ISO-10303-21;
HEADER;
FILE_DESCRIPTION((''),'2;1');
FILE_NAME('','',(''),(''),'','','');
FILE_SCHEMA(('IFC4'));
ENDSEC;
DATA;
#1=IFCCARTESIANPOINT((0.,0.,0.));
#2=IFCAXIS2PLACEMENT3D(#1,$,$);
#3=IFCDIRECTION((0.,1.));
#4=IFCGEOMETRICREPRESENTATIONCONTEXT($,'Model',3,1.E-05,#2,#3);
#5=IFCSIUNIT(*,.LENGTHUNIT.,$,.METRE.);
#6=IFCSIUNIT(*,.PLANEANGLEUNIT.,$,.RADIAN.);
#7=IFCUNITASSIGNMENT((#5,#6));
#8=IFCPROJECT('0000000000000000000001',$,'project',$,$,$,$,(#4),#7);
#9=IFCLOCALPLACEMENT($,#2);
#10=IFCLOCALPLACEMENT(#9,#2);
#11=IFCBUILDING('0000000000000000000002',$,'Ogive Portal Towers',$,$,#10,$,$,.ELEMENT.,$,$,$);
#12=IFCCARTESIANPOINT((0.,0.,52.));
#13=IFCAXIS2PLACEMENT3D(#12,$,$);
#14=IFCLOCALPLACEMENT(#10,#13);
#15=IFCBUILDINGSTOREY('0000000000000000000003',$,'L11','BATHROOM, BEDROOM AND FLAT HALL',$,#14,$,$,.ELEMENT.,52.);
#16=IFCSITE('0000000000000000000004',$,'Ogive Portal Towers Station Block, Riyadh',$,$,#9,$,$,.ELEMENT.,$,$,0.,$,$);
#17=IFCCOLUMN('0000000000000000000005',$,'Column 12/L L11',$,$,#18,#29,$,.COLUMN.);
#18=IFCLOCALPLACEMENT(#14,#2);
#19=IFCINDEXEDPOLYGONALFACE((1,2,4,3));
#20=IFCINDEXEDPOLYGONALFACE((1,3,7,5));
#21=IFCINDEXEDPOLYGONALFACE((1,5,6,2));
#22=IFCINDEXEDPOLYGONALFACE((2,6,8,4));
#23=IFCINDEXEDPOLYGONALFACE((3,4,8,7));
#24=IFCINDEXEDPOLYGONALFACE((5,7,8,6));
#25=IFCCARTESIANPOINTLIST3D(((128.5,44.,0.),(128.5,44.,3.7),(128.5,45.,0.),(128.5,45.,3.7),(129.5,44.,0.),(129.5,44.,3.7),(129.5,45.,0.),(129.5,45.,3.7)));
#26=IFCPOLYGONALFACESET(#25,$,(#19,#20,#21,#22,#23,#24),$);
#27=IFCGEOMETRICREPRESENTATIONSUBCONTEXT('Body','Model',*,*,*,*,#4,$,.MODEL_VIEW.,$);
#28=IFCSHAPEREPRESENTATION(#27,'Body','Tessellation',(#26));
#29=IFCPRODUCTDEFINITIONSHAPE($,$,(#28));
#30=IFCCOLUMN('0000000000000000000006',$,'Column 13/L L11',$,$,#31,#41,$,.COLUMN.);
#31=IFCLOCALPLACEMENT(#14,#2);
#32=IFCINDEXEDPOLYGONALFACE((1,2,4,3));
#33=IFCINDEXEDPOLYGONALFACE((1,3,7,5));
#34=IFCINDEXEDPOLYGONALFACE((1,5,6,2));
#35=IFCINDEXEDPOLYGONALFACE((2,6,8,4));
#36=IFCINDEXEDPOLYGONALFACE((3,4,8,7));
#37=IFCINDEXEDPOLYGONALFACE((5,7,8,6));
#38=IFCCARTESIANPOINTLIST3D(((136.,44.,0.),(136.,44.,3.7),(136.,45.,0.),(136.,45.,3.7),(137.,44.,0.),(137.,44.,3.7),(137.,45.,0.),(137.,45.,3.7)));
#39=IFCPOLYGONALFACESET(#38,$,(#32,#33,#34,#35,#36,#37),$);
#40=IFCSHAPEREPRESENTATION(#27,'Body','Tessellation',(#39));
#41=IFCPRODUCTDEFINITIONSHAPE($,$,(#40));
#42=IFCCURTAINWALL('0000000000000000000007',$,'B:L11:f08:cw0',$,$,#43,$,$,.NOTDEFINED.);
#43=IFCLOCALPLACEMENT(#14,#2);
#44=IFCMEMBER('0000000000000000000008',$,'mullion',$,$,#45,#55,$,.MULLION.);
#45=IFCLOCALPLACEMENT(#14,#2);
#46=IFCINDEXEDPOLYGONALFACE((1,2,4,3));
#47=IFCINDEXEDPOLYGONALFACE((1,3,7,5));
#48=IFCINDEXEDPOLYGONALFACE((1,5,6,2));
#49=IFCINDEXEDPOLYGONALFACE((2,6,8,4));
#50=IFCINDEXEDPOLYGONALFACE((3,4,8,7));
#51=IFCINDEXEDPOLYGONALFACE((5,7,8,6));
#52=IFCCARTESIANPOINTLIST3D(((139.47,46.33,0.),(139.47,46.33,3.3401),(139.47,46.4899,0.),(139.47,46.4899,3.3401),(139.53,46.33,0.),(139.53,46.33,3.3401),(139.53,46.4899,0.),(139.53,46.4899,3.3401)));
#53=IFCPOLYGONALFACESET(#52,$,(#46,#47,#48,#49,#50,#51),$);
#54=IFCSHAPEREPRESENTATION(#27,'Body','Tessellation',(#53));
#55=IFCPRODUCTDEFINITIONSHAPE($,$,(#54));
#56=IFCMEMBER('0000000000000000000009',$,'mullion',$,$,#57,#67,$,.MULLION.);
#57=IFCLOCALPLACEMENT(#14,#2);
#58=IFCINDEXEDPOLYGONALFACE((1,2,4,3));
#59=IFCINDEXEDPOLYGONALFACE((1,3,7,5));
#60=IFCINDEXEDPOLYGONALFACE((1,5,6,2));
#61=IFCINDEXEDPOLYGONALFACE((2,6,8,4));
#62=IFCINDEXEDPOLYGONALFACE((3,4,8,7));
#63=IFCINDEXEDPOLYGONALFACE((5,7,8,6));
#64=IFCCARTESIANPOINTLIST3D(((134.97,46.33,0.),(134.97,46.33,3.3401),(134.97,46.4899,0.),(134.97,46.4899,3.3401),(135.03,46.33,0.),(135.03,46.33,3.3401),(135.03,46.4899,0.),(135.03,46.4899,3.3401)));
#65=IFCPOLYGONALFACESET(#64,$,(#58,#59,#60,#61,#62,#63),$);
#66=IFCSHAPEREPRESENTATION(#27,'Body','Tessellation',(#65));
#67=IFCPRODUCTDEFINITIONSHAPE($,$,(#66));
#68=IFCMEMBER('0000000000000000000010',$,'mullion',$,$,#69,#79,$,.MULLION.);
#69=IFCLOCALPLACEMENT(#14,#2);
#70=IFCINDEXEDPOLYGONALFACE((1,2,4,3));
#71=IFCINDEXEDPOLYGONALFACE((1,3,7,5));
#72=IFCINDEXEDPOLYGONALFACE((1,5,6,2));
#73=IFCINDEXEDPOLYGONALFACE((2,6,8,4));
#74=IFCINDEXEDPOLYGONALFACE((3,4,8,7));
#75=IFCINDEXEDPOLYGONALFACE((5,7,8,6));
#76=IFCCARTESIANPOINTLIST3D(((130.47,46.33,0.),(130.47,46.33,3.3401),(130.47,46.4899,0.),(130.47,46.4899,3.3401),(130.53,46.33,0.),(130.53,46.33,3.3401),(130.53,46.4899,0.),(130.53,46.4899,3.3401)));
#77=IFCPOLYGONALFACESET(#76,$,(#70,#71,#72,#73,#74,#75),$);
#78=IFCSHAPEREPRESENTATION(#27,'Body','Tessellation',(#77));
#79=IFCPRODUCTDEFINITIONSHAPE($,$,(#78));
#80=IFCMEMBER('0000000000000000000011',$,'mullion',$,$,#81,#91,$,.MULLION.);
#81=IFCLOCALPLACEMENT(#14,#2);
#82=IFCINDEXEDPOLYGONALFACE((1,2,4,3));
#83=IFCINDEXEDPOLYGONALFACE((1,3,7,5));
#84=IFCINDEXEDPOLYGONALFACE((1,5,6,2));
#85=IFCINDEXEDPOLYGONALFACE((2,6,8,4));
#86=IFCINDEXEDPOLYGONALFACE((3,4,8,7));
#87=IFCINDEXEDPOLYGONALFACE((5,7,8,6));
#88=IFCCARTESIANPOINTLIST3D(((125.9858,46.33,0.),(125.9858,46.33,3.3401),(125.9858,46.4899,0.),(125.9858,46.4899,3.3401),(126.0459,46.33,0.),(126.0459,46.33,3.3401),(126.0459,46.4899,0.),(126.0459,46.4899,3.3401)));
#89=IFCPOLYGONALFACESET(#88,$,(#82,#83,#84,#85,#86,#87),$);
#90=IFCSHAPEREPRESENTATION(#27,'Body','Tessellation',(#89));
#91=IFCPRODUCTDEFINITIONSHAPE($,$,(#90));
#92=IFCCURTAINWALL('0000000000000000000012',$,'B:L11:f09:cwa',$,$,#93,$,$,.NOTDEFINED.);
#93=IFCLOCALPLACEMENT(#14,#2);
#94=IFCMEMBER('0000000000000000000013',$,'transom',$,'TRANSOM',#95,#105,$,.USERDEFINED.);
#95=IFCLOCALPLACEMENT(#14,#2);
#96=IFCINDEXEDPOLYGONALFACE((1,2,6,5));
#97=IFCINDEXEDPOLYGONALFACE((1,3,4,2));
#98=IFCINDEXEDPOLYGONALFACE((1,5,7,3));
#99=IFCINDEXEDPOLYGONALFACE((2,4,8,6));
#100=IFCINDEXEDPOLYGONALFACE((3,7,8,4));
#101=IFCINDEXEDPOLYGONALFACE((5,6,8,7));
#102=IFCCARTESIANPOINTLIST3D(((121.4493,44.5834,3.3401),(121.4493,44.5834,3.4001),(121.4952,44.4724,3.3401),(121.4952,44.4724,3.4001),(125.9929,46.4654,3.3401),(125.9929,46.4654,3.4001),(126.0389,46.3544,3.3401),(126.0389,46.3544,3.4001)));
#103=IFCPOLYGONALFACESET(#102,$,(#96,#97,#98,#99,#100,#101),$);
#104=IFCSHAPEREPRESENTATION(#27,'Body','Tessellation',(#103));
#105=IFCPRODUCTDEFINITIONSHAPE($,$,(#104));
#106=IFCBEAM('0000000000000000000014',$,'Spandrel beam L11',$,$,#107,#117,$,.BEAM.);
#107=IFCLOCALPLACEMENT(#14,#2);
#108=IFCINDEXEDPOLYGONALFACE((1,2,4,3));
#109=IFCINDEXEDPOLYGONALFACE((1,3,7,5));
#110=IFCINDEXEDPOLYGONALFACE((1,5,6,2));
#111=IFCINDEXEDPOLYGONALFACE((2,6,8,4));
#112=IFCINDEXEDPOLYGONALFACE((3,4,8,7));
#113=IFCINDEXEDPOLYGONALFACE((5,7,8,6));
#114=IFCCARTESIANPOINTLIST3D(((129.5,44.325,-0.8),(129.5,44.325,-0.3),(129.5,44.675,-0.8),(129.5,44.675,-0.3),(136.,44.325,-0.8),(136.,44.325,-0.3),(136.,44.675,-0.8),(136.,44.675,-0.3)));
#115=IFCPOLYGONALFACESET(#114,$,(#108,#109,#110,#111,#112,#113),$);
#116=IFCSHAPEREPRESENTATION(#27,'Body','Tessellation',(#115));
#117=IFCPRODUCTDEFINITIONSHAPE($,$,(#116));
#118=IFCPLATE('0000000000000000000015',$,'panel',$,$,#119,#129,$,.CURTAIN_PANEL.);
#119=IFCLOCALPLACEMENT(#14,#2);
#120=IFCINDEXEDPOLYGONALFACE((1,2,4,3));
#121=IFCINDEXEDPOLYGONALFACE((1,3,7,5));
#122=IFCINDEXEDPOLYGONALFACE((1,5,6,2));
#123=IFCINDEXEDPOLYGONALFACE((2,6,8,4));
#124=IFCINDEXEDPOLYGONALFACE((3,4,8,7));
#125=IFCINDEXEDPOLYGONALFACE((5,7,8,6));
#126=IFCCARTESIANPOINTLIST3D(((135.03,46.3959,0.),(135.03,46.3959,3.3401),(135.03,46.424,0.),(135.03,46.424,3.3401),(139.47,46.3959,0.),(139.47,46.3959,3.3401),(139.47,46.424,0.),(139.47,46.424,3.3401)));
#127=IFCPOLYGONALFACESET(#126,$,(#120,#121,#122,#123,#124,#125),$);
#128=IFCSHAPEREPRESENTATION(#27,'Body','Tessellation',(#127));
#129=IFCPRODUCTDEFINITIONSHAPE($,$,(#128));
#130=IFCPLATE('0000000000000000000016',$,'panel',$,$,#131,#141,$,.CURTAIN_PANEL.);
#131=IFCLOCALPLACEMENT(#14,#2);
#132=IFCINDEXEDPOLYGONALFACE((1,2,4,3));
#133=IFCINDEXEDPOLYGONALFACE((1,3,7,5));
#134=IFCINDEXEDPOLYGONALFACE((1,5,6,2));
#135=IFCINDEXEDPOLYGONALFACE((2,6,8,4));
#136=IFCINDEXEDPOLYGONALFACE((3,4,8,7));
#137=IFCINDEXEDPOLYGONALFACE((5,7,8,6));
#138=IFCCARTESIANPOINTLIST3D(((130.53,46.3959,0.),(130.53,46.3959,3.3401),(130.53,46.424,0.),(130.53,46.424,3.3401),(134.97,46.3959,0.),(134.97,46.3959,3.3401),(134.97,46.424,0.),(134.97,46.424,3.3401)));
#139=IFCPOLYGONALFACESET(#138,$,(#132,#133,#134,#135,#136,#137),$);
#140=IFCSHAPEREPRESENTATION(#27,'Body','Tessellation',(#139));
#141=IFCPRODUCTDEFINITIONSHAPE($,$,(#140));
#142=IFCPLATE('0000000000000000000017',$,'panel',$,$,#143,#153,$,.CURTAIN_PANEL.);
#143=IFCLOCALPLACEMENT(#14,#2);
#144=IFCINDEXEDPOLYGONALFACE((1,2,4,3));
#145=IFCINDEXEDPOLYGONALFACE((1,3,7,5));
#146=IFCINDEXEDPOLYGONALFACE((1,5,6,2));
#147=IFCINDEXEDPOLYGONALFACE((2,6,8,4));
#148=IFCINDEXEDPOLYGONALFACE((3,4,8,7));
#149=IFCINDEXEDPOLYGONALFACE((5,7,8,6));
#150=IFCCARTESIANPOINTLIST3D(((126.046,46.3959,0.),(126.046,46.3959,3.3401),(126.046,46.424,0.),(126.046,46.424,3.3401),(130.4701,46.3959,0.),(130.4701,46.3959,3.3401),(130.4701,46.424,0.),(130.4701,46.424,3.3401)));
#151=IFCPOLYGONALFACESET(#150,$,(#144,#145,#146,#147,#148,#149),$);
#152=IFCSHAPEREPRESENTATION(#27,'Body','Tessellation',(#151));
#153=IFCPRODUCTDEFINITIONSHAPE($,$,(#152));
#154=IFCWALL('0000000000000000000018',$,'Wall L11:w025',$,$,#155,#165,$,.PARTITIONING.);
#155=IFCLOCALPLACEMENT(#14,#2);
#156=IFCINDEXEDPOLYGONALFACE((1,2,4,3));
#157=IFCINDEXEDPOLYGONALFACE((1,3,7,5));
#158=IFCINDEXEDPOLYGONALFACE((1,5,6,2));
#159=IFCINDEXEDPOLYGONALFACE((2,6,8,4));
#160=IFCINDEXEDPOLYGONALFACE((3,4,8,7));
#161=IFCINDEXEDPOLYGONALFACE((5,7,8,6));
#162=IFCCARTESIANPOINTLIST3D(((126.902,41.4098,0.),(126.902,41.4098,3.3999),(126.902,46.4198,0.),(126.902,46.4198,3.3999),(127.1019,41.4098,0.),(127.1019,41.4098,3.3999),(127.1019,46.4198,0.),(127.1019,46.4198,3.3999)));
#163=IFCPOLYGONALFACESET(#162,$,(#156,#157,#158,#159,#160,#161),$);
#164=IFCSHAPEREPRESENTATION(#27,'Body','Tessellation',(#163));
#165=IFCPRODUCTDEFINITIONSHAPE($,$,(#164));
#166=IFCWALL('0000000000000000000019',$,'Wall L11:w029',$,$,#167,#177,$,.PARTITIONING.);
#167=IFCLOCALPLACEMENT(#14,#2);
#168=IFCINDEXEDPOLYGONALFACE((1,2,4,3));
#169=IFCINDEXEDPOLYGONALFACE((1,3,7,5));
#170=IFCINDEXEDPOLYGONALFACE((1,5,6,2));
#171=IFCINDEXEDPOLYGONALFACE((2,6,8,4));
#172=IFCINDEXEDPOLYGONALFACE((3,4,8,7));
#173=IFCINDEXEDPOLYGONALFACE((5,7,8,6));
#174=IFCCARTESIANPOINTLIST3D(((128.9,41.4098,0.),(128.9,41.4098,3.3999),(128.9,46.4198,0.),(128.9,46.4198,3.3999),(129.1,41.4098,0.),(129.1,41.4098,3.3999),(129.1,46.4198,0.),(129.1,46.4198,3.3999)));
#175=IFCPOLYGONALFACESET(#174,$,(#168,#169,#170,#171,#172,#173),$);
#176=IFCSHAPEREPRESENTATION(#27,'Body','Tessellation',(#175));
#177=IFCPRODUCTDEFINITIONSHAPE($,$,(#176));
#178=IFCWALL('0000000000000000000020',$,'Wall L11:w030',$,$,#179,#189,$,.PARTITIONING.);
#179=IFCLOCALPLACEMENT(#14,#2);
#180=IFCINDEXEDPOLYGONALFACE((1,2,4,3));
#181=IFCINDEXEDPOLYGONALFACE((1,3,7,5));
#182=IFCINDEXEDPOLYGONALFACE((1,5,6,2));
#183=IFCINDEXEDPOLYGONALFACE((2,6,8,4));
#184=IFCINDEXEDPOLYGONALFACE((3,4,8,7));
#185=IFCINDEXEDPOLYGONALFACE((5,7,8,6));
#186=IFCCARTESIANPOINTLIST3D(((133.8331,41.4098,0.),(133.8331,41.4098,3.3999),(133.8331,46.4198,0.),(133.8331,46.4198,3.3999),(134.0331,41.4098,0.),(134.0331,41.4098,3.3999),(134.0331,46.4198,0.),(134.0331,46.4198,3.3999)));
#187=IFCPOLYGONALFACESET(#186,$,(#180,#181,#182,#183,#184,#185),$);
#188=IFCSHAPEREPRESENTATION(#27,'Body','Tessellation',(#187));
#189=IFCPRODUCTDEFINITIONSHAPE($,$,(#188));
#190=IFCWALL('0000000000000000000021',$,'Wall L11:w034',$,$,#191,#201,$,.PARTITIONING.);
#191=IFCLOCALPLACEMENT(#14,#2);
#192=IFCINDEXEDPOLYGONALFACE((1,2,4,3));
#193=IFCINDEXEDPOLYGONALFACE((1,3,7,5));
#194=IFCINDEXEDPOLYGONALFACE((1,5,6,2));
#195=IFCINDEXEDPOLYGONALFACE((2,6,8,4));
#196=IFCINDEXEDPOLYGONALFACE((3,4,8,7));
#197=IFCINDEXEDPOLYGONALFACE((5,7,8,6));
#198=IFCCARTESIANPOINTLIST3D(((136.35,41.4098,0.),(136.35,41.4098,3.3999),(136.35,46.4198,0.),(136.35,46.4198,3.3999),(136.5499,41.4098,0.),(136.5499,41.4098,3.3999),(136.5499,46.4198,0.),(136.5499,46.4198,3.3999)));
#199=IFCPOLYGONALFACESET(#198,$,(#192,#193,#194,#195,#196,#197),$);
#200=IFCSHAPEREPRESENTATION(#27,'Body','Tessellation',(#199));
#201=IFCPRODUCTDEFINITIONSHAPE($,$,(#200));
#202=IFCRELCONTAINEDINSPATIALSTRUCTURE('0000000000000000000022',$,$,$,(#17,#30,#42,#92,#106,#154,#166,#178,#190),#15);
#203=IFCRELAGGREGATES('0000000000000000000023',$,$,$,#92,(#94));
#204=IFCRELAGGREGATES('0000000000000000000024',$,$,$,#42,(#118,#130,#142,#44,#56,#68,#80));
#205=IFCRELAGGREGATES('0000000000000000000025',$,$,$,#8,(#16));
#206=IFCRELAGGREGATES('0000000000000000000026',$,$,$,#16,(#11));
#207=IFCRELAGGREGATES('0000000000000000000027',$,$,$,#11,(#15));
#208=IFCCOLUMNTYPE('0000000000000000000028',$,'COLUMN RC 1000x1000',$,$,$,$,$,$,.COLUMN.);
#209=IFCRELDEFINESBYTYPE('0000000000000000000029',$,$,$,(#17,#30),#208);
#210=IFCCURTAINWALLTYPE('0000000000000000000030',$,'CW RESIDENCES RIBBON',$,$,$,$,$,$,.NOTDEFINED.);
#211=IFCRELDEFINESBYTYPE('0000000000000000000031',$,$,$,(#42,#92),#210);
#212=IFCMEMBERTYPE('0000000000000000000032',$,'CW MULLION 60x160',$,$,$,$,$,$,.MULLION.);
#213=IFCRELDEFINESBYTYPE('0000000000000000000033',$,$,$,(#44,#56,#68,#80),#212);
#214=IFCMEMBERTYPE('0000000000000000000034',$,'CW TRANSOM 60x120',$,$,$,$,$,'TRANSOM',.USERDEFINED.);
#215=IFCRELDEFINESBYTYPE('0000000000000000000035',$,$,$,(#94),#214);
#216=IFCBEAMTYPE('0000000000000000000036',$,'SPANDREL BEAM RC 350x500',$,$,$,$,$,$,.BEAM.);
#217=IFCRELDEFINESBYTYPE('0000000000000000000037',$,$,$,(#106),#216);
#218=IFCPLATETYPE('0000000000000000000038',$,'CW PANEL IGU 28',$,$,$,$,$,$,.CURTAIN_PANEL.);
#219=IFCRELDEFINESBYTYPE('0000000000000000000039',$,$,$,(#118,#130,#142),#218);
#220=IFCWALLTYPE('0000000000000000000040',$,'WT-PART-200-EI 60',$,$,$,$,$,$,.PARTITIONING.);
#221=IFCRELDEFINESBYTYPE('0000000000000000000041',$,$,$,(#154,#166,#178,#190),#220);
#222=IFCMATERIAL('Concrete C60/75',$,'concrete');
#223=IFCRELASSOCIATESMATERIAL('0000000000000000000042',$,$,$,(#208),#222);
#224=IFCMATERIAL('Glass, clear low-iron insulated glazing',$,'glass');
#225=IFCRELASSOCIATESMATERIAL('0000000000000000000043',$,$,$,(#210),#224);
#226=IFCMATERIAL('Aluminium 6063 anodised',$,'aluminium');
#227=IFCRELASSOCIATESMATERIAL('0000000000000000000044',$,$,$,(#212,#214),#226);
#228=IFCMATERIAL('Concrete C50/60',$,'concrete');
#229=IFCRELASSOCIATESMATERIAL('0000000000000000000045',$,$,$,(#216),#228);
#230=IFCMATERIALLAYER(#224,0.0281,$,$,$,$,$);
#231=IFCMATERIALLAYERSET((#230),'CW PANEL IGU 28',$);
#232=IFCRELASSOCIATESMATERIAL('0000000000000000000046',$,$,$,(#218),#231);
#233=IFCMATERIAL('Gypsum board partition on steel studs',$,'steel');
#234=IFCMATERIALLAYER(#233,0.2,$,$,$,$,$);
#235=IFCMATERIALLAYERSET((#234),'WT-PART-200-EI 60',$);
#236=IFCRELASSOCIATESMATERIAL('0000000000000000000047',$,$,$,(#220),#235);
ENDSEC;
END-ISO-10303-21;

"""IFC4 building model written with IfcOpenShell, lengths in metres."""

from ifc_helpers import new_model, si_unit, direction, frame, frame_2d, origin, origin_2d, place, context, subcontext, project, spatial, rectangle, extrude, material, layer, layer_set, material_profile, profile_set, type_object, element, aggregate, save


model = new_model("IFC4")

# Units and contexts
model_context = context("Model", 3, precision=1e-05, world=origin(), true_north=direction((0.0, 1.0)))
body_context = subcontext(model_context, "Body", "Model", "MODEL_VIEW")
ifc_project = project(units=[si_unit("LENGTHUNIT", "METRE"), si_unit("PLANEANGLEUNIT", "RADIAN")], contexts=[model_context])

# Site, building, storey
site_placement = place(None, origin())
site = spatial("IfcSite", under=ifc_project, at=site_placement, Name="Ogive Portal Towers Station Block, Riyadh", CompositionType="ELEMENT", RefElevation=0.0)
building_placement = place(site_placement, origin())
building = spatial("IfcBuilding", under=site, at=building_placement, Name="Ogive Portal Towers", CompositionType="ELEMENT")
storey_placement = place(building_placement, frame((0.0, 0.0, 52.0)))
storey = spatial("IfcBuildingStorey", under=building, at=storey_placement, Name="L11", Description="BATHROOM, BEDROOM AND FLAT HALL", CompositionType="ELEMENT", Elevation=52.0)

# Columns
ifc_material_1 = material(Name="Concrete C60/75", Category="concrete")
ifc_material_profile_1 = material_profile(ifc_material_1, rectangle(XDim=1.0, YDim=1.0, at=origin_2d()), Name="RC 1000x1000")
ifc_profile_set_1 = profile_set([ifc_material_profile_1], Name="Concrete C60/75")
column_type = type_object("IfcColumnType", Name="COLUMN RC 1000x1000", PredefinedType="COLUMN", material=ifc_profile_set_1)
for number, where, z_axis, x_axis, name in (
    (1, (129.0, 44.5, 0.0), (0.0, 0.0, 1.0), (1.0, 0.0, 0.0), "Column 12/L L11"),
    (2, (136.5, 44.5, 0.0), (0.0, 0.0, 1.0), (1.0, 0.0, 0.0), "Column 13/L L11"),
):
    element("IfcColumn", number, at=place(storey_placement, frame(where, z_axis=z_axis, x_axis=x_axis)), inside=storey, type_object=column_type, Name=name, PredefinedType="COLUMN", context=body_context, shape_type="SweptSolid", body=[
        extrude(rectangle(XDim=1.0, YDim=1.0, at=origin_2d()), origin(), (0.0, 0.0, 1.0), 3.7),
    ])

# Curtain wall, members
ifc_material_2 = material(Name="Glass, clear low-iron insulated glazing", Category="glass")
curtain_wall_type = type_object("IfcCurtainWallType", Name="CW RESIDENCES RIBBON", PredefinedType="NOTDEFINED", material=ifc_material_2)
curtain_wall_1_placement = place(storey_placement, origin())
curtain_wall_1 = element("IfcCurtainWall", 3, at=curtain_wall_1_placement, inside=storey, type_object=curtain_wall_type, Name="B:L11:f08:cw0", PredefinedType="NOTDEFINED")
ifc_material_3 = material(Name="Aluminium 6063 anodised", Category="aluminium")
ifc_material_profile_2 = material_profile(ifc_material_3, rectangle(XDim=0.1599, YDim=0.0601, at=origin_2d()), Name="AL 60x160")
ifc_profile_set_2 = profile_set([ifc_material_profile_2], Name="Aluminium 6063 anodised")
member_type_1 = type_object("IfcMemberType", Name="CW MULLION 60x160", PredefinedType="MULLION", material=ifc_profile_set_2)
member_1_placement = place(storey_placement, frame((139.5, 46.4099, 0.0), z_axis=(0.0, 0.0, 1.0), x_axis=(0.0, -1.0, 0.0)))
member_1 = element("IfcMember", 4, at=member_1_placement, type_object=member_type_1, Name="mullion", PredefinedType="MULLION", context=body_context, shape_type="SweptSolid", body=[
    extrude(rectangle(XDim=0.1599, YDim=0.0601, at=origin_2d()), origin(), (0.0, 0.0, 1.0), 3.3401),
])
member_2_placement = place(storey_placement, frame((135.0, 46.4099, 0.0), z_axis=(0.0, 0.0, 1.0), x_axis=(0.0, -1.0, 0.0)))
member_2 = element("IfcMember", 5, at=member_2_placement, type_object=member_type_1, Name="mullion", PredefinedType="MULLION", context=body_context, shape_type="SweptSolid", body=[
    extrude(rectangle(XDim=0.1599, YDim=0.0601, at=origin_2d()), origin(), (0.0, 0.0, 1.0), 3.3401),
])
member_3_placement = place(storey_placement, frame((130.5, 46.4099, 0.0), z_axis=(0.0, 0.0, 1.0), x_axis=(0.0, -1.0, 0.0)))
member_3 = element("IfcMember", 6, at=member_3_placement, type_object=member_type_1, Name="mullion", PredefinedType="MULLION", context=body_context, shape_type="SweptSolid", body=[
    extrude(rectangle(XDim=0.1599, YDim=0.0601, at=origin_2d()), origin(), (0.0, 0.0, 1.0), 3.3401),
])
member_4_placement = place(storey_placement, frame((126.0159, 46.4099, 0.0), z_axis=(0.0, 0.0, 1.0), x_axis=(0.0, -1.0, 0.0)))
member_4 = element("IfcMember", 7, at=member_4_placement, type_object=member_type_1, Name="mullion", PredefinedType="MULLION", context=body_context, shape_type="SweptSolid", body=[
    extrude(rectangle(XDim=0.1599, YDim=0.0601, at=origin_2d()), origin(), (0.0, 0.0, 1.0), 3.3401),
])

# Curtain wall, member
curtain_wall_2_placement = place(storey_placement, origin())
curtain_wall_2 = element("IfcCurtainWall", 8, at=curtain_wall_2_placement, inside=storey, type_object=curtain_wall_type, Name="B:L11:f09:cwa", PredefinedType="NOTDEFINED")
ifc_material_profile_3 = material_profile(ifc_material_3, rectangle(XDim=0.1201, YDim=0.0601, at=origin_2d()), Name="AL 120x60")
ifc_profile_set_3 = profile_set([ifc_material_profile_3], Name="Aluminium 6063 anodised")
member_type_2 = type_object("IfcMemberType", Name="CW TRANSOM 60x120", ElementType="TRANSOM", PredefinedType="USERDEFINED", material=ifc_profile_set_3)
member_5_placement = place(storey_placement, frame((126.0159, 46.4099, 3.3701), z_axis=(-0.923878, -0.382686, 0.0), x_axis=(0.382686, -0.923878, 0.0)))
member_5 = element("IfcMember", 9, at=member_5_placement, type_object=member_type_2, Name="transom", ObjectType="TRANSOM", PredefinedType="USERDEFINED", context=body_context, shape_type="SweptSolid", body=[
    extrude(rectangle(XDim=0.1201, YDim=0.0601, at=origin_2d()), origin(), (0.0, 0.0, 1.0), 4.918),
])
aggregate(curtain_wall_2, [member_5])

# Beam
ifc_material_4 = material(Name="Concrete C50/60", Category="concrete")
ifc_material_profile_4 = material_profile(ifc_material_4, rectangle(XDim=0.3501, YDim=0.5, at=origin_2d()), Name="RC 350x500")
ifc_profile_set_4 = profile_set([ifc_material_profile_4], Name="Concrete C50/60")
beam_type = type_object("IfcBeamType", Name="SPANDREL BEAM RC 350x500", PredefinedType="BEAM", material=ifc_profile_set_4)
beam_placement = place(storey_placement, frame((136.0, 44.5, -0.55), z_axis=(-1.0, 0.0, 0.0), x_axis=(0.0, -1.0, 0.0)))
element("IfcBeam", 10, at=beam_placement, inside=storey, type_object=beam_type, Name="Spandrel beam L11", PredefinedType="BEAM", context=body_context, shape_type="SweptSolid", body=[
    extrude(rectangle(XDim=0.3501, YDim=0.5, at=origin_2d()), origin(), (0.0, 0.0, 1.0), 6.5),
])

# Plates
ifc_layer_1 = layer(ifc_material_2, 0.0281)
ifc_layer_set_1 = layer_set([ifc_layer_1], Name="CW PANEL IGU 28")
plate_type = type_object("IfcPlateType", Name="CW PANEL IGU 28", PredefinedType="CURTAIN_PANEL", material=ifc_layer_set_1)
plate_1_placement = place(storey_placement, frame((137.25, 46.4099, 0.0), z_axis=(0.0, 0.0, 1.0), x_axis=(-1.0, 0.0, 0.0)))
plate_1 = element("IfcPlate", 11, at=plate_1_placement, type_object=plate_type, Name="panel", PredefinedType="CURTAIN_PANEL", context=body_context, shape_type="SweptSolid", body=[
    extrude(rectangle(XDim=4.4399, YDim=0.0281, at=origin_2d()), origin(), (0.0, 0.0, 1.0), 3.3401),
])
plate_2_placement = place(storey_placement, frame((132.75, 46.4099, 0.0), z_axis=(0.0, 0.0, 1.0), x_axis=(-1.0, 0.0, 0.0)))
plate_2 = element("IfcPlate", 12, at=plate_2_placement, type_object=plate_type, Name="panel", PredefinedType="CURTAIN_PANEL", context=body_context, shape_type="SweptSolid", body=[
    extrude(rectangle(XDim=4.4399, YDim=0.0281, at=origin_2d()), origin(), (0.0, 0.0, 1.0), 3.3401),
])
plate_3_placement = place(storey_placement, frame((128.2581, 46.4099, 0.0), z_axis=(0.0, 0.0, 1.0), x_axis=(-1.0, 0.0, 0.0)))
plate_3 = element("IfcPlate", 13, at=plate_3_placement, type_object=plate_type, Name="panel", PredefinedType="CURTAIN_PANEL", context=body_context, shape_type="SweptSolid", body=[
    extrude(rectangle(XDim=4.4241, YDim=0.0281, at=origin_2d()), origin(), (0.0, 0.0, 1.0), 3.3401),
])
aggregate(curtain_wall_1, [plate_1, plate_2, plate_3, member_1, member_2, member_3, member_4])

# Walls
ifc_material_5 = material(Name="Gypsum board partition on steel studs", Category="steel")
ifc_layer_2 = layer(ifc_material_5, 0.2)
ifc_layer_set_2 = layer_set([ifc_layer_2], Name="WT-PART-200-EI 60")
wall_type = type_object("IfcWallType", Name="WT-PART-200-EI 60", PredefinedType="PARTITIONING", material=ifc_layer_set_2)
for number, where, z_axis, x_axis, name in (
    (14, (127.002, 41.4099, 0.0), (0.0, 0.0, 1.0), (0.0, 1.0, 0.0), "Wall L11:w025"),
    (15, (129.0, 41.4099, 0.0), (0.0, 0.0, 1.0), (0.0, 1.0, 0.0), "Wall L11:w029"),
    (16, (133.9331, 41.4099, 0.0), (0.0, 0.0, 1.0), (0.0, 1.0, 0.0), "Wall L11:w030"),
    (17, (136.45, 41.4099, 0.0), (0.0, 0.0, 1.0), (0.0, 1.0, 0.0), "Wall L11:w034"),
):
    element("IfcWall", number, at=place(storey_placement, frame(where, z_axis=z_axis, x_axis=x_axis)), inside=storey, type_object=wall_type, Name=name, PredefinedType="PARTITIONING", context=body_context, shape_type="SweptSolid", body=[
        extrude(rectangle(XDim=5.01, YDim=0.2, at=frame_2d((2.5049, 0.0))), origin(), (0.0, 0.0, 1.0), 3.3999),
    ])

save(model, "model.ifc")
